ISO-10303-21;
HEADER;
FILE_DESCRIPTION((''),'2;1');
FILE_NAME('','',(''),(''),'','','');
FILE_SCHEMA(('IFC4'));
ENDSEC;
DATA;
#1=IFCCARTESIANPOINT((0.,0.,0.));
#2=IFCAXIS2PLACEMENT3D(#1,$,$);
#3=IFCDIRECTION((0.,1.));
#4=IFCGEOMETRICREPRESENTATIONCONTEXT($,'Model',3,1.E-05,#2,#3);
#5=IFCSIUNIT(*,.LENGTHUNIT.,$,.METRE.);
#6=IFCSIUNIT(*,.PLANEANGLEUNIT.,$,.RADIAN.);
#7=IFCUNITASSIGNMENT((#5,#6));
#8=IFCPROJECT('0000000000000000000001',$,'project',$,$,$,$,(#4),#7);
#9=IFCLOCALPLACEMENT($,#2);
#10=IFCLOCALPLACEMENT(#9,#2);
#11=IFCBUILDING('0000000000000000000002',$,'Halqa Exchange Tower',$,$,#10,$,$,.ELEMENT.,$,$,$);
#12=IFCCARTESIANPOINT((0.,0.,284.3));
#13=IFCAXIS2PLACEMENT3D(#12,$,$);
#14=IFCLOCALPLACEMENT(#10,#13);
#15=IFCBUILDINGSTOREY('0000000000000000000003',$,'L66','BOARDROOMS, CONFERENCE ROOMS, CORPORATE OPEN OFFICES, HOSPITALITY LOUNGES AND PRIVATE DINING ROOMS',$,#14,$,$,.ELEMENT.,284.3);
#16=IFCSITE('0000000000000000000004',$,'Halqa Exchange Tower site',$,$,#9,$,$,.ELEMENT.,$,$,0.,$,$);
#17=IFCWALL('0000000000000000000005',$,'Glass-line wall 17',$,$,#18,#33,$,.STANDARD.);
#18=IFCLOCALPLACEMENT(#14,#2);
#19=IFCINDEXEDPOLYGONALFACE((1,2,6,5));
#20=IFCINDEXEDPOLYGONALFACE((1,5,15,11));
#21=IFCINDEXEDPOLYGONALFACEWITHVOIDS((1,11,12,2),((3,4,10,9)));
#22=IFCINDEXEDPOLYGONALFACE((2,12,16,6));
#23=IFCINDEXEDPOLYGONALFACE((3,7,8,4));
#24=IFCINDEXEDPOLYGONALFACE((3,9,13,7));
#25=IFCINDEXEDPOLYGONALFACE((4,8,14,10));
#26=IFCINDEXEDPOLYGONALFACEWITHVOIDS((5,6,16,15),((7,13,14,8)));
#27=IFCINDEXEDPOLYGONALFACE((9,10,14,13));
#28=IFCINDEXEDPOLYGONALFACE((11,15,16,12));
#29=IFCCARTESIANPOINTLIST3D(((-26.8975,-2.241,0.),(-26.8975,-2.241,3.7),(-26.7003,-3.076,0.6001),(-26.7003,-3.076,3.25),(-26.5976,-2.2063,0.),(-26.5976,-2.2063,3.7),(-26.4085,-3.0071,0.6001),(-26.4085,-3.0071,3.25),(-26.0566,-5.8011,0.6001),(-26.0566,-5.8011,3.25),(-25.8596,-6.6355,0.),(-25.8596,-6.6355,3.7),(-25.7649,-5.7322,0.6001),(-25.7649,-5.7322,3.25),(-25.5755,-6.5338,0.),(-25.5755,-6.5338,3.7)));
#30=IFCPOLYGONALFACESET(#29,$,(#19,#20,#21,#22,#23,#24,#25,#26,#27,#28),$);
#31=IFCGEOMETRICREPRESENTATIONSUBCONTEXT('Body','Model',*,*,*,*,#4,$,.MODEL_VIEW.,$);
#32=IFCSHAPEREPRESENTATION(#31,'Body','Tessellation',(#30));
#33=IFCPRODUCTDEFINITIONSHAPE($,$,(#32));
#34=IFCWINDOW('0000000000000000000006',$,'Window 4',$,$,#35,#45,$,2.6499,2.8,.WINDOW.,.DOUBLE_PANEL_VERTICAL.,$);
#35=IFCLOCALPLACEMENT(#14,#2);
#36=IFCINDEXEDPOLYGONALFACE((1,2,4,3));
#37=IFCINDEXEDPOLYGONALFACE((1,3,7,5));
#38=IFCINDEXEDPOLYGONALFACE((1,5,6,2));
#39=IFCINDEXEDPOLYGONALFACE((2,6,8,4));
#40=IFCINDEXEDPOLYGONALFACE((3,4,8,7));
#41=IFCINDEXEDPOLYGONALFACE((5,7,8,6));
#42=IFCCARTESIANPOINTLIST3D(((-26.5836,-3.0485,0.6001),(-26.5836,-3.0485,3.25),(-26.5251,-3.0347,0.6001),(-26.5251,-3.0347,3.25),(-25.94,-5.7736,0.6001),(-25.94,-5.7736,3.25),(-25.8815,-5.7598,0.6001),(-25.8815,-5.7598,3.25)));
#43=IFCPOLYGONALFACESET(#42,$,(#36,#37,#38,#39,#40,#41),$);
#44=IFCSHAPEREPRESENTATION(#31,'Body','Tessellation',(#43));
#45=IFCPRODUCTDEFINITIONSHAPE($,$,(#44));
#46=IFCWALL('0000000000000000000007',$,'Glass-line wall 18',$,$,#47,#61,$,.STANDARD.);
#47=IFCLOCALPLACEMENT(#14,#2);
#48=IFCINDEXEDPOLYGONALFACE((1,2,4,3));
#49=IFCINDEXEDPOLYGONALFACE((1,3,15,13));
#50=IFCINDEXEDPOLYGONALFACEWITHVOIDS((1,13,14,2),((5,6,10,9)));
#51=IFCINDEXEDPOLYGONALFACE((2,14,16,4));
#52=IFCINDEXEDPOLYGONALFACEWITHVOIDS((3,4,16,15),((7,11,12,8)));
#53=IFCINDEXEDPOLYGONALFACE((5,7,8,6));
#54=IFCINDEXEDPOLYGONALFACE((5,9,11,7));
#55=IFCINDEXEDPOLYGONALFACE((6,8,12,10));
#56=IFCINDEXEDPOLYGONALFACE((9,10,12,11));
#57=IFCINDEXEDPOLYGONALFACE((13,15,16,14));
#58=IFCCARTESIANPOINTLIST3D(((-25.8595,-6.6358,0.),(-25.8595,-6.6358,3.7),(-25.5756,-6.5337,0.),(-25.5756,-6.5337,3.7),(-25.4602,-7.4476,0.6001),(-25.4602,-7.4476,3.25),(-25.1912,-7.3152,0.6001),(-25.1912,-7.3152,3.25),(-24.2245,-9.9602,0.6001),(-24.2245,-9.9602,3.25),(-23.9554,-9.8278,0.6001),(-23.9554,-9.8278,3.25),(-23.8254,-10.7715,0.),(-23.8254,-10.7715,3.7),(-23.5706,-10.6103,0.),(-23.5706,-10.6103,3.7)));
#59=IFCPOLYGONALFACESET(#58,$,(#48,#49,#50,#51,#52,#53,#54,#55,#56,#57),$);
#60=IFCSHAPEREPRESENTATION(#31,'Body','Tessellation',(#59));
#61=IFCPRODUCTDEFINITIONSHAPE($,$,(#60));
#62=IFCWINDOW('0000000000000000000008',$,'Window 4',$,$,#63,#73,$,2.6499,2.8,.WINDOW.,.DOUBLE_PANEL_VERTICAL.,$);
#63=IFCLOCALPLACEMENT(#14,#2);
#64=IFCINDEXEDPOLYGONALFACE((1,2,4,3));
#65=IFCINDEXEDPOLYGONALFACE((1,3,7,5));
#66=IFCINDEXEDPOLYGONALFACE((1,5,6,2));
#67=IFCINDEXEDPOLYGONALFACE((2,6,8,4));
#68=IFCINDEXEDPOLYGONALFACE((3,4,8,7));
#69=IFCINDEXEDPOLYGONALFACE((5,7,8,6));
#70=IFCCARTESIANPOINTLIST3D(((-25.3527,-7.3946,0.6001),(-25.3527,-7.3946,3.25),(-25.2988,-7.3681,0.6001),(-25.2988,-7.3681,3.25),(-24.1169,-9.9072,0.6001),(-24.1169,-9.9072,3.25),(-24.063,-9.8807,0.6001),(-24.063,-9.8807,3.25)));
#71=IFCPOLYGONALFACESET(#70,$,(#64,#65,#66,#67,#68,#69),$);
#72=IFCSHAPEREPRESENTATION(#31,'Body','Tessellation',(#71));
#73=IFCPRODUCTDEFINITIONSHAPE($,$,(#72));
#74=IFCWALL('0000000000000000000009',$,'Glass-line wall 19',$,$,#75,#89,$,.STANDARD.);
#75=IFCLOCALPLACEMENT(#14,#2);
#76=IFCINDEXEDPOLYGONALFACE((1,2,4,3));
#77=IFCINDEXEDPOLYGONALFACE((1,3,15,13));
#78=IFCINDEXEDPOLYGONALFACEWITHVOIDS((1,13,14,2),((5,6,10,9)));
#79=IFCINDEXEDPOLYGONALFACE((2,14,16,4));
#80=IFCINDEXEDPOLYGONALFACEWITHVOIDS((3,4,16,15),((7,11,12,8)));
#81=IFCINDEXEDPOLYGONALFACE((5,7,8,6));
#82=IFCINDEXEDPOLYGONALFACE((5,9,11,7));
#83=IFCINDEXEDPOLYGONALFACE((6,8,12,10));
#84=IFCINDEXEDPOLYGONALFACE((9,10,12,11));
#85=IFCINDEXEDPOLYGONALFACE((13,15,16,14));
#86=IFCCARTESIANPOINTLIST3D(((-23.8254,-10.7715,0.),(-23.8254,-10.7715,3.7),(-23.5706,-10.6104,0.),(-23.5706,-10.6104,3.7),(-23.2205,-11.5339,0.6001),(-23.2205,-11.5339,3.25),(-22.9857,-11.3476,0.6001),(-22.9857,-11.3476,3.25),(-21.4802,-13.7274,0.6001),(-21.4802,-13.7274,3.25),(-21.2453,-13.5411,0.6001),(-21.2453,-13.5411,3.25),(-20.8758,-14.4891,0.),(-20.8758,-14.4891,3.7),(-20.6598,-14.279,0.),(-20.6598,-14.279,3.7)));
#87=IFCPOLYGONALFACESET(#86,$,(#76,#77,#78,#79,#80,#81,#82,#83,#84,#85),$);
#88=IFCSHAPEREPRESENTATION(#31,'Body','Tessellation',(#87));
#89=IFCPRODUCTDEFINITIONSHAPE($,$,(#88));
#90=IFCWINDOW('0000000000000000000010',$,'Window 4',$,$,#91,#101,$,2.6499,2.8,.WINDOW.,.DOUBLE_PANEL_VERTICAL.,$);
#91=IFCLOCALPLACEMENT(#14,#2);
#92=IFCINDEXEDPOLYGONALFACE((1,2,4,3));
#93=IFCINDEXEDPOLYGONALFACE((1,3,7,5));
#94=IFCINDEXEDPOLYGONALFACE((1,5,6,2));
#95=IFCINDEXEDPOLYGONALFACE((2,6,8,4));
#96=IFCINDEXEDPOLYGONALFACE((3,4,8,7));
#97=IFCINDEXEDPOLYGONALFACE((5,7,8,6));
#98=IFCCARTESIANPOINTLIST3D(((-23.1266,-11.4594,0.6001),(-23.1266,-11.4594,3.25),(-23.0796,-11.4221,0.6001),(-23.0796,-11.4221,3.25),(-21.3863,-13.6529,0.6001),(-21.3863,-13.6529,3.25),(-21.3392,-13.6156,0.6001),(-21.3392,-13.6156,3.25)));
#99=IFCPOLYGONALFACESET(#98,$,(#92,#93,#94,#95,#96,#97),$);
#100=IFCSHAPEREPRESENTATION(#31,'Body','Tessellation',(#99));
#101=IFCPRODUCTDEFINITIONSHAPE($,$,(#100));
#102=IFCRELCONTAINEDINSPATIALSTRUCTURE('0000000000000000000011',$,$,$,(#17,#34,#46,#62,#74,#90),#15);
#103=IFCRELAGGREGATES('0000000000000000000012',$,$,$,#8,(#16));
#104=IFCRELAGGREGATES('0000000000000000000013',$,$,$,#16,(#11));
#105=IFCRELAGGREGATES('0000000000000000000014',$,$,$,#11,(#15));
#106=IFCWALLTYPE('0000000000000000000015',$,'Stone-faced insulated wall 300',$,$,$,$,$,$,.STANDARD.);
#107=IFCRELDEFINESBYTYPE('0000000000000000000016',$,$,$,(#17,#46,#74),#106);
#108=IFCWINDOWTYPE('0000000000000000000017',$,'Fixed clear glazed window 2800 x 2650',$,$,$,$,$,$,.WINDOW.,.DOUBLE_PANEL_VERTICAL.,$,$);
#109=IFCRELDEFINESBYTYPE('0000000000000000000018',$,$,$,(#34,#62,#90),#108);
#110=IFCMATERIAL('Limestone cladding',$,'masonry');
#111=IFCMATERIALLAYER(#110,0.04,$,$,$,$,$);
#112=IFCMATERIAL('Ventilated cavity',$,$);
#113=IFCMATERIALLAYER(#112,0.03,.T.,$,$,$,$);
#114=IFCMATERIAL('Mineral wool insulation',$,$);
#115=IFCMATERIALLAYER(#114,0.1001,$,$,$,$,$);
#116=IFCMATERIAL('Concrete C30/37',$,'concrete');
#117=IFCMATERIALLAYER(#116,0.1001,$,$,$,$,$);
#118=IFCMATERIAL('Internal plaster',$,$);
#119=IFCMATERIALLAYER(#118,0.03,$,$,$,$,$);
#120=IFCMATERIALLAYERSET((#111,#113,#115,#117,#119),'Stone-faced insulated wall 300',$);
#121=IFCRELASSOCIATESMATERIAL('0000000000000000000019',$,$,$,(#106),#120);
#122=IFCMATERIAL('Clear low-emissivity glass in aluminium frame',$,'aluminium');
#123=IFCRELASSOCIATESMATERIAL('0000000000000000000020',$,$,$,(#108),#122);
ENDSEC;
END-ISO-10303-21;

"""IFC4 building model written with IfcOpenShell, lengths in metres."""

from ifc_helpers import new_model, si_unit, direction, frame, frame_2d, origin, place, context, subcontext, project, spatial, polyline, rectangle, outline, extrude, material, layer, layer_set, type_object, element, fill, save


model = new_model("IFC4")

# Units and contexts
model_context = context("Model", 3, precision=1e-05, world=origin(), true_north=direction((0.0, 1.0)))
body_context = subcontext(model_context, "Body", "Model", "MODEL_VIEW")
ifc_project = project(units=[si_unit("LENGTHUNIT", "METRE"), si_unit("PLANEANGLEUNIT", "RADIAN")], contexts=[model_context])

# Site, building, storey
site_placement = place(None, origin())
site = spatial("IfcSite", under=ifc_project, at=site_placement, Name="Halqa Exchange Tower site", CompositionType="ELEMENT", RefElevation=0.0)
building_placement = place(site_placement, origin())
building = spatial("IfcBuilding", under=site, at=building_placement, Name="Halqa Exchange Tower", CompositionType="ELEMENT")
storey_placement = place(building_placement, frame((0.0, 0.0, 284.3)))
storey = spatial("IfcBuildingStorey", under=building, at=storey_placement, Name="L66", Description="BOARDROOMS, CONFERENCE ROOMS, CORPORATE OPEN OFFICES, HOSPITALITY LOUNGES AND PRIVATE DINING ROOMS", CompositionType="ELEMENT", Elevation=284.3)

# Walls, openings, windows
ifc_material_1 = material(Name="Limestone cladding", Category="masonry")
ifc_layer_1 = layer(ifc_material_1, 0.04)
ifc_material_2 = material(Name="Ventilated cavity")
ifc_layer_2 = layer(ifc_material_2, 0.03, ventilated=True)
ifc_material_3 = material(Name="Mineral wool insulation")
ifc_layer_3 = layer(ifc_material_3, 0.1001)
ifc_material_4 = material(Name="Concrete C30/37", Category="concrete")
ifc_layer_4 = layer(ifc_material_4, 0.1001)
ifc_material_5 = material(Name="Internal plaster")
ifc_layer_5 = layer(ifc_material_5, 0.03)
ifc_layer_set_1 = layer_set([ifc_layer_1, ifc_layer_2, ifc_layer_3, ifc_layer_4, ifc_layer_5], Name="Stone-faced insulated wall 300")
wall_type_1 = type_object("IfcWallType", Name="Stone-faced insulated wall 300", PredefinedType="STANDARD", material=ifc_layer_set_1)
wall_1_placement = place(storey_placement, frame((-26.7476, -2.2236, 0.0), z_axis=(0.0, 0.0, 1.0), x_axis=(0.229862, -0.973223, 0.0)))
wall_1 = element("IfcWall", 1, at=wall_1_placement, inside=storey, type_object=wall_type_1, Name="Glass-line wall 17", PredefinedType="STANDARD", context=body_context, shape_type="SweptSolid", body=[
    extrude(outline(polyline([(-0.0176, -0.1499), (4.4978, -0.1499), (4.4641, 0.1499), (0.0176, 0.1499), (-0.0176, -0.1499)])), origin(), (0.0, 0.0, 1.0), 3.7),
])
opening_1_placement = place(wall_1_placement, frame((0.8406, 0.0, 0.6001)))
opening_1 = element("IfcOpeningElement", 2, at=opening_1_placement, cuts=wall_1, PredefinedType="OPENING", context=body_context, shape_type="SweptSolid", body=[
    extrude(rectangle(XDim=2.8, YDim=2.6499, at=frame_2d((1.3999, 1.325))), frame((0.0, 0.1621, 0.0), z_axis=(0.0, -1.0, 0.0), x_axis=(1.0, 0.0, 0.0)), (0.0, 0.0, 1.0), 0.324),
])
ifc_material_6 = material(Name="Clear low-emissivity glass in aluminium frame", Category="aluminium")
window_type = type_object("IfcWindowType", Name="Fixed clear glazed window 2800 x 2650", PartitioningType="DOUBLE_PANEL_VERTICAL", PredefinedType="WINDOW", material=ifc_material_6)
window_1_placement = place(opening_1_placement, origin())
window_1 = element("IfcWindow", 3, at=window_1_placement, inside=storey, type_object=window_type, Name="Window 4", OverallHeight=2.6499, OverallWidth=2.8, PartitioningType="DOUBLE_PANEL_VERTICAL", PredefinedType="WINDOW", context=body_context, shape_type="SweptSolid", body=[
    extrude(rectangle(XDim=2.8, YDim=2.6499, at=frame_2d((1.3999, 1.325))), frame((0.0, 0.03, 0.0), z_axis=(0.0, -1.0, 0.0), x_axis=(1.0, 0.0, 0.0)), (0.0, 0.0, 1.0), 0.0601),
])
fill(opening_1, window_1)
wall_2_placement = place(storey_placement, frame((-25.7175, -6.5847, 0.0), z_axis=(0.0, 0.0, 1.0), x_axis=(0.441335, -0.897342, 0.0)))
wall_2 = element("IfcWall", 4, at=wall_2_placement, inside=storey, type_object=wall_type_1, Name="Glass-line wall 18", PredefinedType="STANDARD", context=body_context, shape_type="SweptSolid", body=[
    extrude(outline(polyline([(-0.0168, -0.1499), (4.592, -0.1499), (4.5598, 0.1499), (0.0168, 0.1499), (-0.0168, -0.1499)])), origin(), (0.0, 0.0, 1.0), 3.7),
])
opening_2_placement = place(wall_2_placement, frame((0.8879, 0.0, 0.6001)))
opening_2 = element("IfcOpeningElement", 5, at=opening_2_placement, cuts=wall_2, PredefinedType="OPENING", context=body_context, shape_type="SweptSolid", body=[
    extrude(rectangle(XDim=2.8, YDim=2.6499, at=frame_2d((1.3999, 1.325))), frame((0.0, 0.1621, 0.0), z_axis=(0.0, -1.0, 0.0), x_axis=(1.0, 0.0, 0.0)), (0.0, 0.0, 1.0), 0.324),
])
window_2_placement = place(opening_2_placement, origin())
window_2 = element("IfcWindow", 6, at=window_2_placement, inside=storey, type_object=window_type, Name="Window 4", OverallHeight=2.6499, OverallWidth=2.8, PartitioningType="DOUBLE_PANEL_VERTICAL", PredefinedType="WINDOW", context=body_context, shape_type="SweptSolid", body=[
    extrude(rectangle(XDim=2.8, YDim=2.6499, at=frame_2d((1.3999, 1.325))), frame((0.0, 0.03, 0.0), z_axis=(0.0, -1.0, 0.0), x_axis=(1.0, 0.0, 0.0)), (0.0, 0.0, 1.0), 0.0601),
])
fill(opening_2, window_2)
wall_3_placement = place(storey_placement, frame((-23.698, -10.6909, 0.0), z_axis=(0.0, 0.0, 1.0), x_axis=(0.621545, -0.783379, 0.0)))
wall_3 = element("IfcWall", 7, at=wall_3_placement, inside=storey, type_object=wall_type_1, Name="Glass-line wall 19", PredefinedType="STANDARD", context=body_context, shape_type="SweptSolid", body=[
    extrude(outline(polyline([(-0.0161, -0.1499), (4.7295, -0.1499), (4.6992, 0.1499), (0.0161, 0.1499), (-0.0161, -0.1499)])), origin(), (0.0, 0.0, 1.0), 3.7),
])
opening_3_placement = place(wall_3_placement, frame((0.9573, 0.0, 0.6001)))
opening_3 = element("IfcOpeningElement", 8, at=opening_3_placement, cuts=wall_3, PredefinedType="OPENING", context=body_context, shape_type="SweptSolid", body=[
    extrude(rectangle(XDim=2.8, YDim=2.6499, at=frame_2d((1.3999, 1.325))), frame((0.0, 0.1621, 0.0), z_axis=(0.0, -1.0, 0.0), x_axis=(1.0, 0.0, 0.0)), (0.0, 0.0, 1.0), 0.324),
])
window_3_placement = place(opening_3_placement, origin())
window_3 = element("IfcWindow", 9, at=window_3_placement, inside=storey, type_object=window_type, Name="Window 4", OverallHeight=2.6499, OverallWidth=2.8, PartitioningType="DOUBLE_PANEL_VERTICAL", PredefinedType="WINDOW", context=body_context, shape_type="SweptSolid", body=[
    extrude(rectangle(XDim=2.8, YDim=2.6499, at=frame_2d((1.3999, 1.325))), frame((0.0, 0.03, 0.0), z_axis=(0.0, -1.0, 0.0), x_axis=(1.0, 0.0, 0.0)), (0.0, 0.0, 1.0), 0.0601),
])
fill(opening_3, window_3)

save(model, "model.ifc")
